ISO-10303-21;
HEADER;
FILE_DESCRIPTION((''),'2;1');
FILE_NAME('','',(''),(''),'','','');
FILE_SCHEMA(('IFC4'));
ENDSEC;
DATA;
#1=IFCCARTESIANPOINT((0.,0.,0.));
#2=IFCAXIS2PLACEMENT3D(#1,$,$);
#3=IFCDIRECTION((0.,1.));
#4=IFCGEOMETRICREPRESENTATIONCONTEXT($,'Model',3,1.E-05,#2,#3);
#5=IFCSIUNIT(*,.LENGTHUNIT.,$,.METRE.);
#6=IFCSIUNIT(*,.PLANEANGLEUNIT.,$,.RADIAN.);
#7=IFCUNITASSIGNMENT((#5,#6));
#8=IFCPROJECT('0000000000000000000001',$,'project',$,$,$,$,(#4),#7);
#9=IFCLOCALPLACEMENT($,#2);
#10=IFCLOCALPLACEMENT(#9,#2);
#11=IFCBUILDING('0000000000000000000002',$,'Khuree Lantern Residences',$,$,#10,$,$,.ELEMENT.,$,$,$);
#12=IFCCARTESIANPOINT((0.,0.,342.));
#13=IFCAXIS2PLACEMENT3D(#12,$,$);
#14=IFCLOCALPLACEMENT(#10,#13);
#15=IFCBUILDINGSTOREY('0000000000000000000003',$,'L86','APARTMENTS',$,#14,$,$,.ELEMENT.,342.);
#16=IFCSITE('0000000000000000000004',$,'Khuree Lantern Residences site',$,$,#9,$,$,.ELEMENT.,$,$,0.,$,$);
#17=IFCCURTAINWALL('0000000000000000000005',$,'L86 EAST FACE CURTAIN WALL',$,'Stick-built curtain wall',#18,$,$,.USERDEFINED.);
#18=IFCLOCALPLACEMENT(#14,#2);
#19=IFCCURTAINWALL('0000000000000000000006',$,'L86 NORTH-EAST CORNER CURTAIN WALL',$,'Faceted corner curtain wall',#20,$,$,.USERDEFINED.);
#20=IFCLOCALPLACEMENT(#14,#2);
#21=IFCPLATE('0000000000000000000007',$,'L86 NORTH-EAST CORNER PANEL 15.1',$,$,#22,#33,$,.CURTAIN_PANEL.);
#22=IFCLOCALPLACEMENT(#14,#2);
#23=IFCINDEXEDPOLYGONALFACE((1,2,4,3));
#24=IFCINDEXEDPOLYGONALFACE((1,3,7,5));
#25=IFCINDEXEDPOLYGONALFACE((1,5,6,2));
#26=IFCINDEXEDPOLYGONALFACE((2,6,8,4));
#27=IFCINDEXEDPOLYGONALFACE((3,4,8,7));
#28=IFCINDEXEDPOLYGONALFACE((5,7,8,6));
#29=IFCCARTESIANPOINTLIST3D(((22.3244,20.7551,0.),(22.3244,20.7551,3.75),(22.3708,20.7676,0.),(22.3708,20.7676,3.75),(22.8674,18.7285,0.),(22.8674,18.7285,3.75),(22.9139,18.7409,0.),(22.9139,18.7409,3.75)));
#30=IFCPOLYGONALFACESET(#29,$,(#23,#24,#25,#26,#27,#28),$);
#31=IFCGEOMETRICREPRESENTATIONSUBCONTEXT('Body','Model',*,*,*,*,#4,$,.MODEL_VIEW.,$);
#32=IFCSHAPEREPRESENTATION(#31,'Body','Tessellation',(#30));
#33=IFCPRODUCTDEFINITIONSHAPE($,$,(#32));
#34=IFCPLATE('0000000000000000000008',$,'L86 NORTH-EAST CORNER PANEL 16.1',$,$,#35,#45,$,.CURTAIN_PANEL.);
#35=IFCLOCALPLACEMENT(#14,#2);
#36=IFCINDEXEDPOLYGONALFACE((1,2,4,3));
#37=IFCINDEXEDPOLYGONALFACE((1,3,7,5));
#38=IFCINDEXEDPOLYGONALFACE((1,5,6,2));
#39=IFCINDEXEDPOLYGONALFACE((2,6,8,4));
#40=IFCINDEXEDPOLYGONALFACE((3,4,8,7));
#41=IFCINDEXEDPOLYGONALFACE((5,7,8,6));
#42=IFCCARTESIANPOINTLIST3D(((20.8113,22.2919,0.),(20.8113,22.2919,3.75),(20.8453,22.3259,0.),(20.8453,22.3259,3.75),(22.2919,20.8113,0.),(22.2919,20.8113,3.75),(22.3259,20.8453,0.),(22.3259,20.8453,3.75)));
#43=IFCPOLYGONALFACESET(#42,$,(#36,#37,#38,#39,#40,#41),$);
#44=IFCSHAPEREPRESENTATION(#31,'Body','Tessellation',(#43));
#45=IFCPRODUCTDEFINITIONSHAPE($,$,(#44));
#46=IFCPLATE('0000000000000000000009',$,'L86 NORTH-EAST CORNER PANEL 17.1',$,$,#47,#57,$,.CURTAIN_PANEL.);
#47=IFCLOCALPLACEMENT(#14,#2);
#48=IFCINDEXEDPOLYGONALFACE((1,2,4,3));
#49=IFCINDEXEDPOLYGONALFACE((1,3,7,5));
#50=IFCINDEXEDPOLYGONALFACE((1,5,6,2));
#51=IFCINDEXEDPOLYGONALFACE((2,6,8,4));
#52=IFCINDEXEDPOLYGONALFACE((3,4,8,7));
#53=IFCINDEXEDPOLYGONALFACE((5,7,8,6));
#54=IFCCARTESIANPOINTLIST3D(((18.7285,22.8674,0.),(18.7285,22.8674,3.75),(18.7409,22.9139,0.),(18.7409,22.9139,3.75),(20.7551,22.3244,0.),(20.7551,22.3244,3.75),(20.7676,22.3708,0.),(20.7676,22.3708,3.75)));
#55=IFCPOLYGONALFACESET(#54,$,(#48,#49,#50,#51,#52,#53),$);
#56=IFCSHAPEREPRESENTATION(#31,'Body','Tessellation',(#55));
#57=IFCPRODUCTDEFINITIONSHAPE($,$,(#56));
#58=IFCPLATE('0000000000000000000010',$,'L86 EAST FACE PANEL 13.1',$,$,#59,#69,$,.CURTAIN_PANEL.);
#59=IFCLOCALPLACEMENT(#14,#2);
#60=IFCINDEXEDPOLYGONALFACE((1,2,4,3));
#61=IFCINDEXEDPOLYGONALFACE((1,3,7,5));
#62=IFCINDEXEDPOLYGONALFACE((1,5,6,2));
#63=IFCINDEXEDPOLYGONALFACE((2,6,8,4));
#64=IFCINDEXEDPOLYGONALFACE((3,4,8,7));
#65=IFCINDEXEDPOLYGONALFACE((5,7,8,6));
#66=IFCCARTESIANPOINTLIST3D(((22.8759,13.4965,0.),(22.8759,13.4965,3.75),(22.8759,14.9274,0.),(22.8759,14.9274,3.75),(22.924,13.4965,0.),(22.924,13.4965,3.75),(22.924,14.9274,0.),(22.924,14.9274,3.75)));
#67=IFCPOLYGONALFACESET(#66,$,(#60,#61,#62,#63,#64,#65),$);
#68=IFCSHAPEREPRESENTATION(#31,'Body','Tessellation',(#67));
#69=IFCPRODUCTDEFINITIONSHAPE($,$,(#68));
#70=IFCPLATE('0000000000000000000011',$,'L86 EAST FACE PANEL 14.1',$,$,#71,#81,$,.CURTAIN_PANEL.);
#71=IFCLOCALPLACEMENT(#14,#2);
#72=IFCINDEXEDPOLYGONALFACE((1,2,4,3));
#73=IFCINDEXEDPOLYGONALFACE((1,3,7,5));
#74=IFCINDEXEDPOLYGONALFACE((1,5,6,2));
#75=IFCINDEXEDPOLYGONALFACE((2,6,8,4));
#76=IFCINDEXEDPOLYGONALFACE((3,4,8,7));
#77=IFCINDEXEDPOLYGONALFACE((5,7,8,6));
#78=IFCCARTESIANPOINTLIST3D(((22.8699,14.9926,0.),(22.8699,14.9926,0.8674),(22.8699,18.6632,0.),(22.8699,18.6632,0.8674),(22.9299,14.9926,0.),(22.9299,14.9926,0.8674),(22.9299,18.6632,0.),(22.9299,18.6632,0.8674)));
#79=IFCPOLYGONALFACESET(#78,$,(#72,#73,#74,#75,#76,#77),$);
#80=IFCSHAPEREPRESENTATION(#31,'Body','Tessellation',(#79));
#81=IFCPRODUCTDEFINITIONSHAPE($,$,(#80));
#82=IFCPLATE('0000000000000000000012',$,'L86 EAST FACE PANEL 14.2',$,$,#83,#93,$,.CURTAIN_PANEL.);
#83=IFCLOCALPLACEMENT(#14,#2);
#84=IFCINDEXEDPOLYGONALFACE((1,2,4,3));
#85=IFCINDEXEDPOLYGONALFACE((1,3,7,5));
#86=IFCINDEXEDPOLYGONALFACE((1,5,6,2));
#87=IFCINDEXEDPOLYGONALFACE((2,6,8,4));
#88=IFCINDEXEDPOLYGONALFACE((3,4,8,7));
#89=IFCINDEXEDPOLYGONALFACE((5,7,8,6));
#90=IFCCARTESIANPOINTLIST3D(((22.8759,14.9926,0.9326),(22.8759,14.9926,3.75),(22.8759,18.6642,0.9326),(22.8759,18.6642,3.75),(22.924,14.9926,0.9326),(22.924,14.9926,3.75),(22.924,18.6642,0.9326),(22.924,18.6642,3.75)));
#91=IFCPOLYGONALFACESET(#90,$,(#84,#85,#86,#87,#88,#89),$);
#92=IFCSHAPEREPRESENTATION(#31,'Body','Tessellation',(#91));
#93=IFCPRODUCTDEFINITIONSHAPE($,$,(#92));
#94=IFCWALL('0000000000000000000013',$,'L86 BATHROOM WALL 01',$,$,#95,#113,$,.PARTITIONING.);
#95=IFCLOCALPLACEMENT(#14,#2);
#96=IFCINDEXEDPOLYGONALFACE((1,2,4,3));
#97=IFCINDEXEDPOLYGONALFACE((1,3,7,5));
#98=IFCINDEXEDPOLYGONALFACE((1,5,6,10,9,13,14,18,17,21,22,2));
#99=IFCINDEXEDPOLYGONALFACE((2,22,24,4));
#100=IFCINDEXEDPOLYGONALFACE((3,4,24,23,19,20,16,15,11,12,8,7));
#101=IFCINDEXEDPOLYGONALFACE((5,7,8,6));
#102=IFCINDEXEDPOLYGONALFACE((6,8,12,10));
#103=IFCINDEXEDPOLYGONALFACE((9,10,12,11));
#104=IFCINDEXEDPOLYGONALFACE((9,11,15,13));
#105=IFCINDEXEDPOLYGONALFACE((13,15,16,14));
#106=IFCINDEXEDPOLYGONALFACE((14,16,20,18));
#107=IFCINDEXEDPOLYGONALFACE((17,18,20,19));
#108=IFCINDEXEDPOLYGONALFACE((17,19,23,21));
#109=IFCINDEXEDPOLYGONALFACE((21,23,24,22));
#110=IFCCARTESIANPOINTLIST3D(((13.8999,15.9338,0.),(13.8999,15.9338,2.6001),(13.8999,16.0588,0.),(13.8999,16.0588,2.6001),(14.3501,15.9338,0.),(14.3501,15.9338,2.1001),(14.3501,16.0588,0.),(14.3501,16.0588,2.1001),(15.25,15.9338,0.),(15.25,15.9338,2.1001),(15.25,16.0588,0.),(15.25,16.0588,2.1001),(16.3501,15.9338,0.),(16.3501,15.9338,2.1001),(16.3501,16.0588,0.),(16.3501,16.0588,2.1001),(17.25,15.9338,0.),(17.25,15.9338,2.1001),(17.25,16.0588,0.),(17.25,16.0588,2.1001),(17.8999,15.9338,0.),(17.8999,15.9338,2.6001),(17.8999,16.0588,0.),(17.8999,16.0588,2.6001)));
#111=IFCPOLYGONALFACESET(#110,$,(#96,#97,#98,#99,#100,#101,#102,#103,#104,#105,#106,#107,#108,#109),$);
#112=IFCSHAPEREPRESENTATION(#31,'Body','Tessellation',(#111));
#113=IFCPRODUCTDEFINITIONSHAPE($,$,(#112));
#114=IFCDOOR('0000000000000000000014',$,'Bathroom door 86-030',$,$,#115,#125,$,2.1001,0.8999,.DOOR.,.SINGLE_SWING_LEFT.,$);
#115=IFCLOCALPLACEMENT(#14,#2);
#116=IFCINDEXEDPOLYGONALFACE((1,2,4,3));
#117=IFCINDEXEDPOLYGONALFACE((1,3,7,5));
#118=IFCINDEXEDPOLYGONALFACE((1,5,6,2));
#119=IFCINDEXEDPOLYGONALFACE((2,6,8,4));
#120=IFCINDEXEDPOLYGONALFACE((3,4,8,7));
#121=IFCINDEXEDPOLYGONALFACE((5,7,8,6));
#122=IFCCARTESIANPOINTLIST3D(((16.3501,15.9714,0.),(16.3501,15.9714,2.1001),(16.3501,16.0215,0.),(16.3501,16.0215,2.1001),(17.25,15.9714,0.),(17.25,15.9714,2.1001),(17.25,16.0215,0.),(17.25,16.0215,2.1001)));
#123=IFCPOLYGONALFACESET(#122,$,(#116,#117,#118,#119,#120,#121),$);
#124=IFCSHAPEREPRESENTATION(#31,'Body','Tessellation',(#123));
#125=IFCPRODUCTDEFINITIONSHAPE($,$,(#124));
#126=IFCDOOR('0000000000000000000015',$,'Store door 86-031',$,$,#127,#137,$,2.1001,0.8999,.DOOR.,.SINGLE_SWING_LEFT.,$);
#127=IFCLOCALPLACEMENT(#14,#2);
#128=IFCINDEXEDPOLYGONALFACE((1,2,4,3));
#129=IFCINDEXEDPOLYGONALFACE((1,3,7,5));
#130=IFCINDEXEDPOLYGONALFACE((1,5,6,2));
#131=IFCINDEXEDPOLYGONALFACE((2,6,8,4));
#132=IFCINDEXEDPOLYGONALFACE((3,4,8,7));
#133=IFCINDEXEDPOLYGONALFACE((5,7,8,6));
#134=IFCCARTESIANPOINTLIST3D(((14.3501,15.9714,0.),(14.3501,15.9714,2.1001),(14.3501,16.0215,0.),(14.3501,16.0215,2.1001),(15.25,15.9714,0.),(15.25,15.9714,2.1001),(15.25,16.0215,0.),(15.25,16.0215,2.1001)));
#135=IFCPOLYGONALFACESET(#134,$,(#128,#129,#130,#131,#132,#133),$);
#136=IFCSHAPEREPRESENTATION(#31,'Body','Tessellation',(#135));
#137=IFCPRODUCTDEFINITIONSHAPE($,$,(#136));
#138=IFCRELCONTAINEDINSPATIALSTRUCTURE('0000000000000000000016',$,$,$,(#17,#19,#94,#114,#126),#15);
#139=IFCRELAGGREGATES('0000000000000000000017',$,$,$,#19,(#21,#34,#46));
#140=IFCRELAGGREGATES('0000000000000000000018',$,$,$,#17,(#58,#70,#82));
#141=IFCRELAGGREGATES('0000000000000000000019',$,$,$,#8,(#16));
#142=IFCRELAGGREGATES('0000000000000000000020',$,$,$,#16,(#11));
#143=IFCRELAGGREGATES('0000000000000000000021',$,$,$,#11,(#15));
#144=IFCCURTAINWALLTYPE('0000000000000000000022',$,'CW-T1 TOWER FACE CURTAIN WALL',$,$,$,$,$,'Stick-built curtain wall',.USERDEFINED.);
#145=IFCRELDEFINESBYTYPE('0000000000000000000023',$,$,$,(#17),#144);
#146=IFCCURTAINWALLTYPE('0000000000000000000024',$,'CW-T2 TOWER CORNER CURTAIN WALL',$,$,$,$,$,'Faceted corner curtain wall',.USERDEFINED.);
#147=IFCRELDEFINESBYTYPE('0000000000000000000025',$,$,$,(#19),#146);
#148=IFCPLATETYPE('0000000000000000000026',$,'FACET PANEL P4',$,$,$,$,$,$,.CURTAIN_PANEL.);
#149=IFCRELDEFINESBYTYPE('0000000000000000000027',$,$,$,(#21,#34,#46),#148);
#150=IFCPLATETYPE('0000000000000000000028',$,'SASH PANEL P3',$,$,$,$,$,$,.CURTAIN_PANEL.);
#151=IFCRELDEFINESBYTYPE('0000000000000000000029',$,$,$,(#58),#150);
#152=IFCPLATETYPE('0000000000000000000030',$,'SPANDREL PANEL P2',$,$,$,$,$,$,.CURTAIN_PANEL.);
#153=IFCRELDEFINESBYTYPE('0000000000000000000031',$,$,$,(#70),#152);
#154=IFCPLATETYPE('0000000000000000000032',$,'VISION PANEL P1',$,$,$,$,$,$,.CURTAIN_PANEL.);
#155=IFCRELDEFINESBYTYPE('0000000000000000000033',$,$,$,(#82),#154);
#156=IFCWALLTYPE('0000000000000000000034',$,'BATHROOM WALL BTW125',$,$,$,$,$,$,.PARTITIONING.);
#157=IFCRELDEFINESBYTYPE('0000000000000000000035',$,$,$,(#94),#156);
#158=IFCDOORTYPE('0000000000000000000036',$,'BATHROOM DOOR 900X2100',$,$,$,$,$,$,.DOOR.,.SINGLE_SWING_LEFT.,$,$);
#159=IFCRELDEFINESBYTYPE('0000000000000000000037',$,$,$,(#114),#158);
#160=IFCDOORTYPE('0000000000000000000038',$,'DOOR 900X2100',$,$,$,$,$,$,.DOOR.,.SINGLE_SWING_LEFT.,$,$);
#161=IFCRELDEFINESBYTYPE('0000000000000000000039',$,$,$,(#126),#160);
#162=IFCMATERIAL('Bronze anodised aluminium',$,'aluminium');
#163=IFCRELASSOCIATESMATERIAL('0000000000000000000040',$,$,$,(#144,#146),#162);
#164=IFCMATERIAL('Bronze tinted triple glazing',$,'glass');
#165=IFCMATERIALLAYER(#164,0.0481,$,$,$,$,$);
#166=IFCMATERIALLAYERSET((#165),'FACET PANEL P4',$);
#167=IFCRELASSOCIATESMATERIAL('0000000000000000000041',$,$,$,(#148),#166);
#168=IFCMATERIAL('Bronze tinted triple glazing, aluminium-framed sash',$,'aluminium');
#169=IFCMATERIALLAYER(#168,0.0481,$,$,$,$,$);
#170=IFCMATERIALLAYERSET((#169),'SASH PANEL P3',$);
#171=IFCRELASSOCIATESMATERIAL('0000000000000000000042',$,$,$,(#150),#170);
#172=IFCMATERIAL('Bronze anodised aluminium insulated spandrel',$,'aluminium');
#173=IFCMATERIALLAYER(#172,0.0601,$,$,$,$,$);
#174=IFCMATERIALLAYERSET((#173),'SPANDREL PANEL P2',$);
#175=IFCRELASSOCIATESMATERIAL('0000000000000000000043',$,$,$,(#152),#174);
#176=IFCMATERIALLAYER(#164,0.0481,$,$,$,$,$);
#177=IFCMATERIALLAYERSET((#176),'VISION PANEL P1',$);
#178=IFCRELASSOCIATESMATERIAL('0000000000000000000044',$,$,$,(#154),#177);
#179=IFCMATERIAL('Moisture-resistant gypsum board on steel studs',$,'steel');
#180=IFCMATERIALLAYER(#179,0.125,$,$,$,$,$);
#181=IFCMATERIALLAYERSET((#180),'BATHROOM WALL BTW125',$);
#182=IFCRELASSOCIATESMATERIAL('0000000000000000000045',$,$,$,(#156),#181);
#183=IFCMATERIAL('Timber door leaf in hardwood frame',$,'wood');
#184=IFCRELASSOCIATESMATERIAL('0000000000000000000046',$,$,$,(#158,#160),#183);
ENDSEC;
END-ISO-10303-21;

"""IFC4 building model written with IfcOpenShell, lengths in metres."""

from ifc_helpers import new_model, si_unit, direction, frame, frame_2d, origin, origin_2d, place, context, subcontext, project, spatial, rectangle, extrude, material, layer, layer_set, type_object, element, fill, aggregate, save


model = new_model("IFC4")

# Units and contexts
model_context = context("Model", 3, precision=1e-05, world=origin(), true_north=direction((0.0, 1.0)))
body_context = subcontext(model_context, "Body", "Model", "MODEL_VIEW")
ifc_project = project(units=[si_unit("LENGTHUNIT", "METRE"), si_unit("PLANEANGLEUNIT", "RADIAN")], contexts=[model_context])

# Site, building, storey
site_placement = place(None, origin())
site = spatial("IfcSite", under=ifc_project, at=site_placement, Name="Khuree Lantern Residences site", CompositionType="ELEMENT", RefElevation=0.0)
building_placement = place(site_placement, origin())
building = spatial("IfcBuilding", under=site, at=building_placement, Name="Khuree Lantern Residences", CompositionType="ELEMENT")
storey_placement = place(building_placement, frame((0.0, 0.0, 342.0)))
storey = spatial("IfcBuildingStorey", under=building, at=storey_placement, Name="L86", Description="APARTMENTS", CompositionType="ELEMENT", Elevation=342.0)

# Curtain walls
ifc_material_1 = material(Name="Bronze anodised aluminium", Category="aluminium")
curtain_wall_type_1 = type_object("IfcCurtainWallType", Name="CW-T1 TOWER FACE CURTAIN WALL", ElementType="Stick-built curtain wall", PredefinedType="USERDEFINED", material=ifc_material_1)
curtain_wall_1_placement = place(storey_placement, origin())
curtain_wall_1 = element("IfcCurtainWall", 1, at=curtain_wall_1_placement, inside=storey, type_object=curtain_wall_type_1, Name="L86 EAST FACE CURTAIN WALL", ObjectType="Stick-built curtain wall", PredefinedType="USERDEFINED")
curtain_wall_type_2 = type_object("IfcCurtainWallType", Name="CW-T2 TOWER CORNER CURTAIN WALL", ElementType="Faceted corner curtain wall", PredefinedType="USERDEFINED", material=ifc_material_1)
curtain_wall_2_placement = place(storey_placement, origin())
curtain_wall_2 = element("IfcCurtainWall", 2, at=curtain_wall_2_placement, inside=storey, type_object=curtain_wall_type_2, Name="L86 NORTH-EAST CORNER CURTAIN WALL", ObjectType="Faceted corner curtain wall", PredefinedType="USERDEFINED")

# Plates
ifc_material_2 = material(Name="Bronze tinted triple glazing", Category="glass")
ifc_layer_1 = layer(ifc_material_2, 0.0481)
ifc_layer_set_1 = layer_set([ifc_layer_1], Name="FACET PANEL P4")
plate_type_1 = type_object("IfcPlateType", Name="FACET PANEL P4", PredefinedType="CURTAIN_PANEL", material=ifc_layer_set_1)
plate_1_placement = place(storey_placement, frame((22.6191, 19.748, 0.0), z_axis=(0.0, 0.0, 1.0), x_axis=(-0.258819, 0.965926, 0.0)))
plate_1 = element("IfcPlate", 3, at=plate_1_placement, type_object=plate_type_1, Name="L86 NORTH-EAST CORNER PANEL 15.1", PredefinedType="CURTAIN_PANEL", context=body_context, shape_type="SweptSolid", body=[
    extrude(rectangle(XDim=2.0981, YDim=0.0481, at=origin_2d()), origin(), (0.0, 0.0, 1.0), 3.75),
])
plate_2_placement = place(storey_placement, frame((21.5686, 21.5686, 0.0), z_axis=(0.0, 0.0, 1.0), x_axis=(-0.707107, 0.707107, 0.0)))
plate_2 = element("IfcPlate", 4, at=plate_2_placement, type_object=plate_type_1, Name="L86 NORTH-EAST CORNER PANEL 16.1", PredefinedType="CURTAIN_PANEL", context=body_context, shape_type="SweptSolid", body=[
    extrude(rectangle(XDim=2.094, YDim=0.0481, at=origin_2d()), origin(), (0.0, 0.0, 1.0), 3.75),
])
plate_3_placement = place(storey_placement, frame((19.748, 22.6191, 0.0), z_axis=(0.0, 0.0, 1.0), x_axis=(-0.965926, 0.258819, 0.0)))
plate_3 = element("IfcPlate", 5, at=plate_3_placement, type_object=plate_type_1, Name="L86 NORTH-EAST CORNER PANEL 17.1", PredefinedType="CURTAIN_PANEL", context=body_context, shape_type="SweptSolid", body=[
    extrude(rectangle(XDim=2.0981, YDim=0.0481, at=origin_2d()), origin(), (0.0, 0.0, 1.0), 3.75),
])
aggregate(curtain_wall_2, [plate_1, plate_2, plate_3])
ifc_material_3 = material(Name="Bronze tinted triple glazing, aluminium-framed sash", Category="aluminium")
ifc_layer_2 = layer(ifc_material_3, 0.0481)
ifc_layer_set_2 = layer_set([ifc_layer_2], Name="SASH PANEL P3")
plate_type_2 = type_object("IfcPlateType", Name="SASH PANEL P3", PredefinedType="CURTAIN_PANEL", material=ifc_layer_set_2)
plate_4_placement = place(storey_placement, frame((22.8999, 14.2119, 0.0), z_axis=(0.0, 0.0, 1.0), x_axis=(0.0, 1.0, 0.0)))
plate_4 = element("IfcPlate", 6, at=plate_4_placement, type_object=plate_type_2, Name="L86 EAST FACE PANEL 13.1", PredefinedType="CURTAIN_PANEL", context=body_context, shape_type="SweptSolid", body=[
    extrude(rectangle(XDim=1.4309, YDim=0.0481, at=origin_2d()), origin(), (0.0, 0.0, 1.0), 3.75),
])
ifc_material_4 = material(Name="Bronze anodised aluminium insulated spandrel", Category="aluminium")
ifc_layer_3 = layer(ifc_material_4, 0.0601)
ifc_layer_set_3 = layer_set([ifc_layer_3], Name="SPANDREL PANEL P2")
plate_type_3 = type_object("IfcPlateType", Name="SPANDREL PANEL P2", PredefinedType="CURTAIN_PANEL", material=ifc_layer_set_3)
plate_5_placement = place(storey_placement, frame((22.8999, 16.8279, 0.0), z_axis=(0.0, 0.0, 1.0), x_axis=(0.0, 1.0, 0.0)))
plate_5 = element("IfcPlate", 7, at=plate_5_placement, type_object=plate_type_3, Name="L86 EAST FACE PANEL 14.1", PredefinedType="CURTAIN_PANEL", context=body_context, shape_type="SweptSolid", body=[
    extrude(rectangle(XDim=3.6707, YDim=0.0601, at=origin_2d()), origin(), (0.0, 0.0, 1.0), 0.8674),
])
ifc_layer_4 = layer(ifc_material_2, 0.0481)
ifc_layer_set_4 = layer_set([ifc_layer_4], Name="VISION PANEL P1")
plate_type_4 = type_object("IfcPlateType", Name="VISION PANEL P1", PredefinedType="CURTAIN_PANEL", material=ifc_layer_set_4)
plate_6_placement = place(storey_placement, frame((22.8999, 16.8284, 0.9326), z_axis=(0.0, 0.0, 1.0), x_axis=(0.0, 1.0, 0.0)))
plate_6 = element("IfcPlate", 8, at=plate_6_placement, type_object=plate_type_4, Name="L86 EAST FACE PANEL 14.2", PredefinedType="CURTAIN_PANEL", context=body_context, shape_type="SweptSolid", body=[
    extrude(rectangle(XDim=3.6716, YDim=0.0481, at=origin_2d()), origin(), (0.0, 0.0, 1.0), 2.8174),
])
aggregate(curtain_wall_1, [plate_4, plate_5, plate_6])

# Wall, openings, doors
ifc_material_5 = material(Name="Moisture-resistant gypsum board on steel studs", Category="steel")
ifc_layer_5 = layer(ifc_material_5, 0.125)
ifc_layer_set_5 = layer_set([ifc_layer_5], Name="BATHROOM WALL BTW125")
wall_type = type_object("IfcWallType", Name="BATHROOM WALL BTW125", PredefinedType="PARTITIONING", material=ifc_layer_set_5)
wall_placement = place(storey_placement, frame((17.8999, 15.9963, 0.0), z_axis=(0.0, 0.0, 1.0), x_axis=(-1.0, 0.0, 0.0)))
wall = element("IfcWall", 9, at=wall_placement, inside=storey, type_object=wall_type, Name="L86 BATHROOM WALL 01", PredefinedType="PARTITIONING", context=body_context, shape_type="SweptSolid", body=[
    extrude(rectangle(XDim=4.0, YDim=0.125, at=frame_2d((2.0, 0.0))), origin(), (0.0, 0.0, 1.0), 2.6001),
])
opening_1_placement = place(wall_placement, frame((0.6499, 0.0, 0.0)))
opening_1 = element("IfcOpeningElement", 10, at=opening_1_placement, cuts=wall, PredefinedType="OPENING", context=body_context, shape_type="SweptSolid", body=[
    extrude(rectangle(XDim=0.8999, YDim=2.1001, at=frame_2d((0.45, 1.05))), frame((0.0, 0.0725, 0.0), z_axis=(0.0, -1.0, 0.0), x_axis=(1.0, 0.0, 0.0)), (0.0, 0.0, 1.0), 0.145),
])
opening_2_placement = place(wall_placement, frame((2.6499, 0.0, 0.0)))
opening_2 = element("IfcOpeningElement", 11, at=opening_2_placement, cuts=wall, PredefinedType="OPENING", context=body_context, shape_type="SweptSolid", body=[
    extrude(rectangle(XDim=0.8999, YDim=2.1001, at=frame_2d((0.45, 1.05))), frame((0.0, 0.0725, 0.0), z_axis=(0.0, -1.0, 0.0), x_axis=(1.0, 0.0, 0.0)), (0.0, 0.0, 1.0), 0.145),
])
ifc_material_6 = material(Name="Timber door leaf in hardwood frame", Category="wood")
door_type_1 = type_object("IfcDoorType", Name="BATHROOM DOOR 900X2100", OperationType="SINGLE_SWING_LEFT", PredefinedType="DOOR", material=ifc_material_6)
door_1_placement = place(opening_1_placement, origin())
door_1 = element("IfcDoor", 12, at=door_1_placement, inside=storey, type_object=door_type_1, Name="Bathroom door 86-030", OperationType="SINGLE_SWING_LEFT", OverallHeight=2.1001, OverallWidth=0.8999, PredefinedType="DOOR", context=body_context, shape_type="SweptSolid", body=[
    extrude(rectangle(XDim=0.8999, YDim=2.1001, at=frame_2d((0.45, 1.05))), frame((0.0, 0.0249, 0.0), z_axis=(0.0, -1.0, 0.0), x_axis=(1.0, 0.0, 0.0)), (0.0, 0.0, 1.0), 0.05),
])
fill(opening_1, door_1)
door_type_2 = type_object("IfcDoorType", Name="DOOR 900X2100", OperationType="SINGLE_SWING_LEFT", PredefinedType="DOOR", material=ifc_material_6)
door_2_placement = place(opening_2_placement, origin())
door_2 = element("IfcDoor", 13, at=door_2_placement, inside=storey, type_object=door_type_2, Name="Store door 86-031", OperationType="SINGLE_SWING_LEFT", OverallHeight=2.1001, OverallWidth=0.8999, PredefinedType="DOOR", context=body_context, shape_type="SweptSolid", body=[
    extrude(rectangle(XDim=0.8999, YDim=2.1001, at=frame_2d((0.45, 1.05))), frame((0.0, 0.0249, 0.0), z_axis=(0.0, -1.0, 0.0), x_axis=(1.0, 0.0, 0.0)), (0.0, 0.0, 1.0), 0.05),
])
fill(opening_2, door_2)

save(model, "model.ifc")
